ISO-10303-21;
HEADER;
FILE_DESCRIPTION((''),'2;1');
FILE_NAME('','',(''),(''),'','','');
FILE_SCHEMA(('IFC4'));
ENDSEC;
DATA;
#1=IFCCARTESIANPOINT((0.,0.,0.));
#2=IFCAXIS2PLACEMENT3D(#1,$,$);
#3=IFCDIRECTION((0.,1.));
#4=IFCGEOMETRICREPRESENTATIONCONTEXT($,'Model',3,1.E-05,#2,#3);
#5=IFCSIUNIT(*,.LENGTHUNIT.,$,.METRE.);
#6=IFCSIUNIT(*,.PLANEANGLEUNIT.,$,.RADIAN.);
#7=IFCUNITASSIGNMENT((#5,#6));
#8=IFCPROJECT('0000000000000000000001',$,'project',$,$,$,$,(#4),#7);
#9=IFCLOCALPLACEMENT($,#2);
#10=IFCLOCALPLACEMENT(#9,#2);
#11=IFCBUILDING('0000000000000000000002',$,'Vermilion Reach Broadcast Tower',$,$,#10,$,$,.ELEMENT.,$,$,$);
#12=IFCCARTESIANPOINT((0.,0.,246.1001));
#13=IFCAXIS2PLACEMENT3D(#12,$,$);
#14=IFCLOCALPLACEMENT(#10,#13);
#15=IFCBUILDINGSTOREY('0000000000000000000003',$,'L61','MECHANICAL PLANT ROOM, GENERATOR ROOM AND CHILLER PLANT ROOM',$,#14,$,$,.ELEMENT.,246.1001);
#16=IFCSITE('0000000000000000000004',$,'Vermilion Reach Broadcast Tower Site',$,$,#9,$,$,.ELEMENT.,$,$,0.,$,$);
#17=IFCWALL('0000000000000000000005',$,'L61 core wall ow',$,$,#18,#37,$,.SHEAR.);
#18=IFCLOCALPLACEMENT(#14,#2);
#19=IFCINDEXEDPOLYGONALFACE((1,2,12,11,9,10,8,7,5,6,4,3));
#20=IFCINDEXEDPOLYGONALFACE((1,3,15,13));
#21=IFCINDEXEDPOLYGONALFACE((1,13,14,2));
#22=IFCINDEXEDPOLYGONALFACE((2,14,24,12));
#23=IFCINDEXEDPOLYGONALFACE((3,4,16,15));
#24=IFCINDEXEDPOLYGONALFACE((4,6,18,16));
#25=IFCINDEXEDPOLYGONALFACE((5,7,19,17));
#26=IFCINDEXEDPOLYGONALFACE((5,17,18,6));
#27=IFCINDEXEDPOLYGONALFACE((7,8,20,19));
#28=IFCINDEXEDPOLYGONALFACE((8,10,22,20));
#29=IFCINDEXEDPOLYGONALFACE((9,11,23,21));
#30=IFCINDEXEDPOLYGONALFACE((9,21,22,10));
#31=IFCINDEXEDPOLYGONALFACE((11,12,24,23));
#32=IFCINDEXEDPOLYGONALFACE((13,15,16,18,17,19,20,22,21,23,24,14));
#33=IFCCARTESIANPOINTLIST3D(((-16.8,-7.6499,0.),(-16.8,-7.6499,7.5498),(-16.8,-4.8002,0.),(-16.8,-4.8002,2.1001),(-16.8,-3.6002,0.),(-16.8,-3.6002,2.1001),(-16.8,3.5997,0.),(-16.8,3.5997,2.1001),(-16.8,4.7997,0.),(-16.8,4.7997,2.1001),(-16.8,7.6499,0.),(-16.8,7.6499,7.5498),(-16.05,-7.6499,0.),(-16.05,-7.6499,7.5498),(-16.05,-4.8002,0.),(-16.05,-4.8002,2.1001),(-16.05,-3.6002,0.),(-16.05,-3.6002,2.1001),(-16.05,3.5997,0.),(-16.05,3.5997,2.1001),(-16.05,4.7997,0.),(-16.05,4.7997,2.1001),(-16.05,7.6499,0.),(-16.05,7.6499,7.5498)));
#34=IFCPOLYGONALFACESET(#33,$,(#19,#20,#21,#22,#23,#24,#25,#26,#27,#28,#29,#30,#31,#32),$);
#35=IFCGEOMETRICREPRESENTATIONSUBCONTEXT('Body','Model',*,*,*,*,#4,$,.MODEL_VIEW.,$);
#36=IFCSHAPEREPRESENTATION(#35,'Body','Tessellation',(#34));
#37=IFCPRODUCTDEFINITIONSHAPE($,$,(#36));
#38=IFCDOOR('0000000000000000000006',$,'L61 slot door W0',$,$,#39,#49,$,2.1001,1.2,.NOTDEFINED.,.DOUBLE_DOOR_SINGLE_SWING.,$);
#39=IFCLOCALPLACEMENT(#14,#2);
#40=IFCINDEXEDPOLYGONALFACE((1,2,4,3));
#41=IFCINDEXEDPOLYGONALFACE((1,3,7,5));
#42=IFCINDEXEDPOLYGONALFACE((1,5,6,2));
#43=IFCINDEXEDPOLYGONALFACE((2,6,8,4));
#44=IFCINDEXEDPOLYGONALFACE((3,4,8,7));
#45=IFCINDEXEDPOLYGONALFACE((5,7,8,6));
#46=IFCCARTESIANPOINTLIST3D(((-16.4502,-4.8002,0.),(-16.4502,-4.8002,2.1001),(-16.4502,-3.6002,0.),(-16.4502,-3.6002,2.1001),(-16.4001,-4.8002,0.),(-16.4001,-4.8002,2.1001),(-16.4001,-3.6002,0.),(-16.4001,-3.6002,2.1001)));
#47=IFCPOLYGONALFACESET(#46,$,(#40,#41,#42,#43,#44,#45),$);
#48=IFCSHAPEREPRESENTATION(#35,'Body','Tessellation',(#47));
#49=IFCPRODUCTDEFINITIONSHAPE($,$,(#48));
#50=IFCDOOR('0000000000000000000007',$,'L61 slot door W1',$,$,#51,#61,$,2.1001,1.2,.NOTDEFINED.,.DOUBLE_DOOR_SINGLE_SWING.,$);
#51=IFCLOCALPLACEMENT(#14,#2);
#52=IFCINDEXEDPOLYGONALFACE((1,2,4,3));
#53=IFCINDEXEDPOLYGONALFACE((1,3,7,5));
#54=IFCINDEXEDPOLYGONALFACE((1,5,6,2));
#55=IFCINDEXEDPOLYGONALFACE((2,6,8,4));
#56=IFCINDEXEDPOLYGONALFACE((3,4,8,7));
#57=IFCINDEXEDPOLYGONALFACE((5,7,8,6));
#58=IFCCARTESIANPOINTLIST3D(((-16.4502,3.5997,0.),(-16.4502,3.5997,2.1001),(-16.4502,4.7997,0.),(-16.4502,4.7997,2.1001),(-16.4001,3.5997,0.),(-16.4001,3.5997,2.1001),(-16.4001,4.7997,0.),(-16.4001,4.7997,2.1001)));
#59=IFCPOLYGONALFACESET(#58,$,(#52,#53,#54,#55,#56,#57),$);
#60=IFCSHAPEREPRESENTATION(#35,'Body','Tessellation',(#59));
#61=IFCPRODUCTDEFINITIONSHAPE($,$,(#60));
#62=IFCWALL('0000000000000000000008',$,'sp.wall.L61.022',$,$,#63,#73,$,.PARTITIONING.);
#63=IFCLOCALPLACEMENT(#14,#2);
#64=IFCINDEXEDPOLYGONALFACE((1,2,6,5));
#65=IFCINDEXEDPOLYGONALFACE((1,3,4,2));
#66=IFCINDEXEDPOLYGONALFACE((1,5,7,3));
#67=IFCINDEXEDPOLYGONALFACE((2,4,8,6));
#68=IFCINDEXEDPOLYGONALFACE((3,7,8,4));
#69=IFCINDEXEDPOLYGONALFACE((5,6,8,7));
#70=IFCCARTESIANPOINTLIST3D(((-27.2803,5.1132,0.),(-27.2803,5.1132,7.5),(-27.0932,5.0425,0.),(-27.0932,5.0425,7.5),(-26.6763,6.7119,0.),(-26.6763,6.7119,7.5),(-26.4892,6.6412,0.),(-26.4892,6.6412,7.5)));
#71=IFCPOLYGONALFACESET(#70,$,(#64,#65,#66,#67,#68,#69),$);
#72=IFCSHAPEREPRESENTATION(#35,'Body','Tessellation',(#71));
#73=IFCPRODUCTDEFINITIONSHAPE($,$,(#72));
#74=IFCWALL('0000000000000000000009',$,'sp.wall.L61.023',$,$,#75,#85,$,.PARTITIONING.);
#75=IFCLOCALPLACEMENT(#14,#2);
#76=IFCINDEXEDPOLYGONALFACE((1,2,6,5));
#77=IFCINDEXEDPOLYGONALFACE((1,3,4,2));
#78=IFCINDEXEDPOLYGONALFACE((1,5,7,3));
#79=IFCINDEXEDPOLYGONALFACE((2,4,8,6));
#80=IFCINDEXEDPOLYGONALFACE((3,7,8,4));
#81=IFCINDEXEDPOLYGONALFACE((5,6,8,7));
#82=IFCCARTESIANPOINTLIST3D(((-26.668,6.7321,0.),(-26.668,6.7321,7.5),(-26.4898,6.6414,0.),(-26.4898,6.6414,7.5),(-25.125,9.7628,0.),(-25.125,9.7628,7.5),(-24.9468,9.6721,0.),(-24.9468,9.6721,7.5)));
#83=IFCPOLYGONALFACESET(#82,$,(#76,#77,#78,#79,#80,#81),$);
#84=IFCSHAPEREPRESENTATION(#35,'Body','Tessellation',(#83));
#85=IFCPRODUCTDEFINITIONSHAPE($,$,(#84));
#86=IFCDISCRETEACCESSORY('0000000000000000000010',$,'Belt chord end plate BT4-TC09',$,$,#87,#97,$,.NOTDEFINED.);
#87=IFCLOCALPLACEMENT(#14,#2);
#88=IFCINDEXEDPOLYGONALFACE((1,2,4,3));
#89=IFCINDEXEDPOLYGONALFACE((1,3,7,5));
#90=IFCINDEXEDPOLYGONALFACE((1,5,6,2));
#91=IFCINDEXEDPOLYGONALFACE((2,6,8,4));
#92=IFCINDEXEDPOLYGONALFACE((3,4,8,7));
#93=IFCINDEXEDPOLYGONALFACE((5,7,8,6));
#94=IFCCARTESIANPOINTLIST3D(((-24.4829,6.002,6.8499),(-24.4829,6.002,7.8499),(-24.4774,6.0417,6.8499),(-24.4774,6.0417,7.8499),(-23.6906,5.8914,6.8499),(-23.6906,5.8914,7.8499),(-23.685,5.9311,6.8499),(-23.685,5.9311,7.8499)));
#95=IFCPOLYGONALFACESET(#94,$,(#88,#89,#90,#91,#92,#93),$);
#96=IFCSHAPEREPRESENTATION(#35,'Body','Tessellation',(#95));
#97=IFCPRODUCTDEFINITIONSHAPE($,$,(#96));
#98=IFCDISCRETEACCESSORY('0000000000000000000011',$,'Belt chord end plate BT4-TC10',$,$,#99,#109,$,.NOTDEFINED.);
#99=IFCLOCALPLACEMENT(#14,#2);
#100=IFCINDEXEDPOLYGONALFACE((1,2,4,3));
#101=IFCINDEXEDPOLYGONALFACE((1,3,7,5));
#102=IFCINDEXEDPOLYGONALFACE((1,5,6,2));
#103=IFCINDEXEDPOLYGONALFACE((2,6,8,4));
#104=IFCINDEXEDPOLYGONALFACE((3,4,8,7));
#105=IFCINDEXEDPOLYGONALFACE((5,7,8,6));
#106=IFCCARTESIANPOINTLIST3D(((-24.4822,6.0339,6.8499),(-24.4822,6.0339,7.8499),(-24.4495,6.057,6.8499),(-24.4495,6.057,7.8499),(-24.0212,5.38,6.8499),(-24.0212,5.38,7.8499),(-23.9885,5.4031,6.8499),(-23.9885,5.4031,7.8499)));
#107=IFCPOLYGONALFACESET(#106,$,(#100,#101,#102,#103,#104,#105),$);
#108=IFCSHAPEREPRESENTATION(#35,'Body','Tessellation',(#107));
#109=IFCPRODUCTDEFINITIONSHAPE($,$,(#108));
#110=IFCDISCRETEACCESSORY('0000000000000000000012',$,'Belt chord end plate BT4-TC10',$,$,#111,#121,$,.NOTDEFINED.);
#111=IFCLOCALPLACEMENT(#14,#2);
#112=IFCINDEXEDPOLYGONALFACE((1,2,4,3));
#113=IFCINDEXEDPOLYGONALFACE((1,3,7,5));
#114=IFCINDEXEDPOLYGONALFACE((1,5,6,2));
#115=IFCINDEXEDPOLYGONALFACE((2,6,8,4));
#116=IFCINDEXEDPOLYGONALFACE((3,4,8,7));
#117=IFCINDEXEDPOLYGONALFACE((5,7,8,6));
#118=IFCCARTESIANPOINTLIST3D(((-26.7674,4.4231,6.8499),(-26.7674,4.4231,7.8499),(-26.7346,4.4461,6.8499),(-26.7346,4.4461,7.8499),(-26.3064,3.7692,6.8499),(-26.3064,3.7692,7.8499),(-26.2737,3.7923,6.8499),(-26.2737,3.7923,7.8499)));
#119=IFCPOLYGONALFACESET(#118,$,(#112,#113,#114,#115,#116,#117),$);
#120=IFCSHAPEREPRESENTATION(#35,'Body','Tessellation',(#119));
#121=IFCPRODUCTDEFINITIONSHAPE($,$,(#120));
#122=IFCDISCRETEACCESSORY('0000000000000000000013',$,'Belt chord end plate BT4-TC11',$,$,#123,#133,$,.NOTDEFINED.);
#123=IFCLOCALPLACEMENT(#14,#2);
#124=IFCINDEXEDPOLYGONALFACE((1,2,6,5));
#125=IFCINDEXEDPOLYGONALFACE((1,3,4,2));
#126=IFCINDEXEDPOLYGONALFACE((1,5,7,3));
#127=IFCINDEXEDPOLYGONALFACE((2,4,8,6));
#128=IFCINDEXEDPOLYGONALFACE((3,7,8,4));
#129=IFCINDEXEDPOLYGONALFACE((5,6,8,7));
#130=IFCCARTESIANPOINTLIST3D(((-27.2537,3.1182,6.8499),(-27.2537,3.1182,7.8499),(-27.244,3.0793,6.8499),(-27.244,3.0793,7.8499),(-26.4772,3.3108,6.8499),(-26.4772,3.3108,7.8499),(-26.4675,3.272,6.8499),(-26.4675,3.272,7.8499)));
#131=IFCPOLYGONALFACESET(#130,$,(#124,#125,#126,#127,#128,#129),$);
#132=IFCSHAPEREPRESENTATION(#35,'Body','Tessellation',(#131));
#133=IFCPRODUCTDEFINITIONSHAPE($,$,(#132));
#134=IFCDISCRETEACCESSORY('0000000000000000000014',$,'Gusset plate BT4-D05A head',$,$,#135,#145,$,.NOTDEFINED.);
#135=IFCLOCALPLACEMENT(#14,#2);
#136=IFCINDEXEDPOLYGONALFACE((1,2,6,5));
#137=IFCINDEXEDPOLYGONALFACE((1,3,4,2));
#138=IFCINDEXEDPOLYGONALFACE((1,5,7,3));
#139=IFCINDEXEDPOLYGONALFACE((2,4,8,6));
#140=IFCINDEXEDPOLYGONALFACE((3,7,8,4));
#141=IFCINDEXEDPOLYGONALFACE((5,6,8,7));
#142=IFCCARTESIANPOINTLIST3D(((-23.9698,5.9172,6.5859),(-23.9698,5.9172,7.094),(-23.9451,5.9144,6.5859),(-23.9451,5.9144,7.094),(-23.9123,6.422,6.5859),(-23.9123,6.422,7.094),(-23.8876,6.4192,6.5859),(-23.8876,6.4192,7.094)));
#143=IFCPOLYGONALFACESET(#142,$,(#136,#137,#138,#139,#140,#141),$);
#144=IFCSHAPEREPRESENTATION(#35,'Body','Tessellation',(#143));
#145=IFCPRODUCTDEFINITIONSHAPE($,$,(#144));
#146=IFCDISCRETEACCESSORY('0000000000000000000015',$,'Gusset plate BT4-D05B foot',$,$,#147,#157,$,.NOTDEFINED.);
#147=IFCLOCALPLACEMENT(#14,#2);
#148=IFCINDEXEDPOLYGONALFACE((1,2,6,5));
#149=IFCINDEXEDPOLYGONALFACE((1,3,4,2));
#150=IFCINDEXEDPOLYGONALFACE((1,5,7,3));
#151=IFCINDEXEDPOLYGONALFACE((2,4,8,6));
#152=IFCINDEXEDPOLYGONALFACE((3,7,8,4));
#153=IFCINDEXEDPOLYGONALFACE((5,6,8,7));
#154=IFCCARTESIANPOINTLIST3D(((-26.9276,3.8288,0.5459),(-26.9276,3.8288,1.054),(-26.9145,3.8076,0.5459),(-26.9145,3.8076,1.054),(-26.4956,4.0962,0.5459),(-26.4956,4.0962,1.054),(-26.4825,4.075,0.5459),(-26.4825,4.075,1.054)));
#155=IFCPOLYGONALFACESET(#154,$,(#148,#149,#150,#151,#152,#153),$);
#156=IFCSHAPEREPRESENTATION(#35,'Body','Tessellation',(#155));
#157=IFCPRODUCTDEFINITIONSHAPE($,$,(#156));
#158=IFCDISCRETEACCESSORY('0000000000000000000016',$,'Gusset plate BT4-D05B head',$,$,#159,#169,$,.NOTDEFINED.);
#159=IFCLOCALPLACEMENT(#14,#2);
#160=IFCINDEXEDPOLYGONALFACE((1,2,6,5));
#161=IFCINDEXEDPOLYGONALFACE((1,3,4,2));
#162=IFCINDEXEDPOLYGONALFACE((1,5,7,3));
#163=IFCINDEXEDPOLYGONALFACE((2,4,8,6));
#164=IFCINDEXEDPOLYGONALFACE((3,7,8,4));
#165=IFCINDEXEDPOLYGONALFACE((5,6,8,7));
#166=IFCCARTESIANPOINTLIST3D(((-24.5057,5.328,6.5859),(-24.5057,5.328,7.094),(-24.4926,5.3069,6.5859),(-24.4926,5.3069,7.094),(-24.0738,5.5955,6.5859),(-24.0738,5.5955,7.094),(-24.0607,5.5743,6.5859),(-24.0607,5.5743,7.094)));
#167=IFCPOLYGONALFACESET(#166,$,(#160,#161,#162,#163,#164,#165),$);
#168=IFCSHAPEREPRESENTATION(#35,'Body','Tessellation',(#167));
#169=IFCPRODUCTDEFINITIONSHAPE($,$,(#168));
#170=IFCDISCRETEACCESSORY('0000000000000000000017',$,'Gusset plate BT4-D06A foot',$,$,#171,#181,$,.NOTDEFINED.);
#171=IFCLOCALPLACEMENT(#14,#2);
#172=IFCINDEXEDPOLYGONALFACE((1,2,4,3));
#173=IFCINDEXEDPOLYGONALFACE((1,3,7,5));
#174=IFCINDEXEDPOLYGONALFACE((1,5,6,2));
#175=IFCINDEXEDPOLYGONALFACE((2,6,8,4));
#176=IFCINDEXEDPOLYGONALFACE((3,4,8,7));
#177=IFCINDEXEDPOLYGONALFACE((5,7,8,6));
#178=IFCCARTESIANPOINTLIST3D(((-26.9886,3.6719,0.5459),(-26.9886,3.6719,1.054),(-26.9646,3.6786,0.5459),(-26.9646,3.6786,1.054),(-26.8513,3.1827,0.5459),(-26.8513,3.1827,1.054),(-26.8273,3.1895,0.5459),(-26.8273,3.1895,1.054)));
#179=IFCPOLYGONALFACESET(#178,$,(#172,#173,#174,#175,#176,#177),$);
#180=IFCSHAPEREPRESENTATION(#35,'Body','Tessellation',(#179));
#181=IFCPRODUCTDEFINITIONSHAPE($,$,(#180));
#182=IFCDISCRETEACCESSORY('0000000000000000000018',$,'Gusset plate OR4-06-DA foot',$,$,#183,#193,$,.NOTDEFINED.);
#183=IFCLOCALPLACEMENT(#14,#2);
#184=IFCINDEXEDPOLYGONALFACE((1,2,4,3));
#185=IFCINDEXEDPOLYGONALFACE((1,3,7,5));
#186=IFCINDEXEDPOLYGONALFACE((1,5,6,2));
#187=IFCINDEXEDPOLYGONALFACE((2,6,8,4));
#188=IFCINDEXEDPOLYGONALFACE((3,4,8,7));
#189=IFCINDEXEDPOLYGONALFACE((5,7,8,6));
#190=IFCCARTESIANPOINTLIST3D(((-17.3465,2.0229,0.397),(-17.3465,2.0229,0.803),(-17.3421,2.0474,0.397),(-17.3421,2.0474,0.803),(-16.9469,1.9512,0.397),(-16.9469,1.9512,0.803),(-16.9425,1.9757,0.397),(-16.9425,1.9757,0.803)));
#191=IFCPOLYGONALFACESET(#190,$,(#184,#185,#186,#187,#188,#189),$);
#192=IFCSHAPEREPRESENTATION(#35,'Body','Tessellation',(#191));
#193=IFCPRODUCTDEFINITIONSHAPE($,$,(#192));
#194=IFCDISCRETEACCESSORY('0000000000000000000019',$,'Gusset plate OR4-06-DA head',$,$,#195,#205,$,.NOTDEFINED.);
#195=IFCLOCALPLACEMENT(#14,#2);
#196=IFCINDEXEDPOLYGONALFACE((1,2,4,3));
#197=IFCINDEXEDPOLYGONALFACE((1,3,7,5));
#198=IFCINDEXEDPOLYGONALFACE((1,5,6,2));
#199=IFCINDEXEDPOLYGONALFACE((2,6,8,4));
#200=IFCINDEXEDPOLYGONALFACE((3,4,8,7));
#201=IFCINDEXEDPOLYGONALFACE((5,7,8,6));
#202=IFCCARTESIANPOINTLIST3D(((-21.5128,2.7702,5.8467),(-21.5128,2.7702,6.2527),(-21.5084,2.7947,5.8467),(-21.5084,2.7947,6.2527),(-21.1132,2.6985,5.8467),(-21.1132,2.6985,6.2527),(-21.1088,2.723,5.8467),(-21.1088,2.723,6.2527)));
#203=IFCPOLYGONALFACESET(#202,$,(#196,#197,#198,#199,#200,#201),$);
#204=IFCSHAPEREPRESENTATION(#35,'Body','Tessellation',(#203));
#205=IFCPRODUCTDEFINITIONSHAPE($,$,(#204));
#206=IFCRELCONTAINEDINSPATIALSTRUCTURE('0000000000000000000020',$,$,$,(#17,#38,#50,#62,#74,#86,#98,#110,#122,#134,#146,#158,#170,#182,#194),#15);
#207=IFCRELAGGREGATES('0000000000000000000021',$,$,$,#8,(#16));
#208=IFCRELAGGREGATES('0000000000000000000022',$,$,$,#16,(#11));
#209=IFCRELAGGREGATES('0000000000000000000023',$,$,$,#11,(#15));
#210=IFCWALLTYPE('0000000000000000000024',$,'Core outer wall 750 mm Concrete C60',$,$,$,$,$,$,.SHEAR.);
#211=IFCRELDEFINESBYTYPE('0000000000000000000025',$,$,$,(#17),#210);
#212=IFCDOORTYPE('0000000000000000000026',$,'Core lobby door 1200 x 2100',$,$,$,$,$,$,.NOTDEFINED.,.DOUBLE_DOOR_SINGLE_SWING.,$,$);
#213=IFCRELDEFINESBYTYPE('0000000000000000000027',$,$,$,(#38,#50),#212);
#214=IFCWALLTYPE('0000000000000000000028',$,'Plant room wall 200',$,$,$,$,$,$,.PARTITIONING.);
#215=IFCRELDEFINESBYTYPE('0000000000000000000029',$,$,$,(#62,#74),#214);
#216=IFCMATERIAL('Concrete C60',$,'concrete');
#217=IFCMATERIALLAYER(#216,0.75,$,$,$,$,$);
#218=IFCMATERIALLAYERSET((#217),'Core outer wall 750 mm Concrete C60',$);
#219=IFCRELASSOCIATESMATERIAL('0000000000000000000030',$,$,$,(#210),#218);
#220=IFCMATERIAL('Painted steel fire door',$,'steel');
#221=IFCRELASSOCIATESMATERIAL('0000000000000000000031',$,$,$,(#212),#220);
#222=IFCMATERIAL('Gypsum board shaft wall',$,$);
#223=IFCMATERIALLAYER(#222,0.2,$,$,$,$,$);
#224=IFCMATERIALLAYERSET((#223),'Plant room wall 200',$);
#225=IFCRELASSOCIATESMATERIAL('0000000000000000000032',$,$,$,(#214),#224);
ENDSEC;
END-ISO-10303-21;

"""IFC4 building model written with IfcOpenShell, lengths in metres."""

from ifc_helpers import new_model, si_unit, direction, frame, frame_2d, origin, origin_2d, place, context, subcontext, project, spatial, rectangle, extrude, material, layer, layer_set, type_object, element, fill, save


model = new_model("IFC4")

# Units and contexts
model_context = context("Model", 3, precision=1e-05, world=origin(), true_north=direction((0.0, 1.0)))
body_context = subcontext(model_context, "Body", "Model", "MODEL_VIEW")
ifc_project = project(units=[si_unit("LENGTHUNIT", "METRE"), si_unit("PLANEANGLEUNIT", "RADIAN")], contexts=[model_context])

# Site, building, storey
site_placement = place(None, origin())
site = spatial("IfcSite", under=ifc_project, at=site_placement, Name="Vermilion Reach Broadcast Tower Site", CompositionType="ELEMENT", RefElevation=0.0)
building_placement = place(site_placement, origin())
building = spatial("IfcBuilding", under=site, at=building_placement, Name="Vermilion Reach Broadcast Tower", CompositionType="ELEMENT")
storey_placement = place(building_placement, frame((0.0, 0.0, 246.1001)))
storey = spatial("IfcBuildingStorey", under=building, at=storey_placement, Name="L61", Description="MECHANICAL PLANT ROOM, GENERATOR ROOM AND CHILLER PLANT ROOM", CompositionType="ELEMENT", Elevation=246.1001)

# Wall, openings, doors
ifc_material_1 = material(Name="Concrete C60", Category="concrete")
ifc_layer_1 = layer(ifc_material_1, 0.75)
ifc_layer_set_1 = layer_set([ifc_layer_1], Name="Core outer wall 750 mm Concrete C60")
wall_type_1 = type_object("IfcWallType", Name="Core outer wall 750 mm Concrete C60", PredefinedType="SHEAR", material=ifc_layer_set_1)
wall_1_placement = place(storey_placement, frame((-16.425, 7.6499, 0.0), z_axis=(0.0, 0.0, 1.0), x_axis=(0.0, -1.0, 0.0)))
wall_1 = element("IfcWall", 1, at=wall_1_placement, inside=storey, type_object=wall_type_1, Name="L61 core wall ow", PredefinedType="SHEAR", context=body_context, shape_type="SweptSolid", body=[
    extrude(rectangle(XDim=15.2998, YDim=0.75, at=frame_2d((7.6499, 0.0))), origin(), (0.0, 0.0, 1.0), 7.5498),
])
opening_1_placement = place(wall_1_placement, frame((11.25, 0.0, 0.0)))
opening_1 = element("IfcOpeningElement", 2, at=opening_1_placement, cuts=wall_1, PredefinedType="OPENING", context=body_context, shape_type="SweptSolid", body=[
    extrude(rectangle(XDim=1.2, YDim=2.1001, at=frame_2d((0.6001, 1.05))), frame((0.0, 0.385, 0.0), z_axis=(0.0, -1.0, 0.0), x_axis=(1.0, 0.0, 0.0)), (0.0, 0.0, 1.0), 0.77),
])
opening_2_placement = place(wall_1_placement, frame((2.8501, 0.0, 0.0)))
opening_2 = element("IfcOpeningElement", 3, at=opening_2_placement, cuts=wall_1, PredefinedType="OPENING", context=body_context, shape_type="SweptSolid", body=[
    extrude(rectangle(XDim=1.2, YDim=2.1001, at=frame_2d((0.6001, 1.05))), frame((0.0, 0.385, 0.0), z_axis=(0.0, -1.0, 0.0), x_axis=(1.0, 0.0, 0.0)), (0.0, 0.0, 1.0), 0.77),
])
ifc_material_2 = material(Name="Painted steel fire door", Category="steel")
door_type = type_object("IfcDoorType", Name="Core lobby door 1200 x 2100", OperationType="DOUBLE_DOOR_SINGLE_SWING", PredefinedType="NOTDEFINED", material=ifc_material_2)
door_1_placement = place(opening_1_placement, origin())
door_1 = element("IfcDoor", 4, at=door_1_placement, inside=storey, type_object=door_type, Name="L61 slot door W0", OperationType="DOUBLE_DOOR_SINGLE_SWING", OverallHeight=2.1001, OverallWidth=1.2, PredefinedType="NOTDEFINED", context=body_context, shape_type="SweptSolid", body=[
    extrude(rectangle(XDim=1.2, YDim=2.1001, at=frame_2d((0.6001, 1.05))), frame((0.0, 0.0249, 0.0), z_axis=(0.0, -1.0, 0.0), x_axis=(1.0, 0.0, 0.0)), (0.0, 0.0, 1.0), 0.05),
])
fill(opening_1, door_1)
door_2_placement = place(opening_2_placement, origin())
door_2 = element("IfcDoor", 5, at=door_2_placement, inside=storey, type_object=door_type, Name="L61 slot door W1", OperationType="DOUBLE_DOOR_SINGLE_SWING", OverallHeight=2.1001, OverallWidth=1.2, PredefinedType="NOTDEFINED", context=body_context, shape_type="SweptSolid", body=[
    extrude(rectangle(XDim=1.2, YDim=2.1001, at=frame_2d((0.6001, 1.05))), frame((0.0, 0.0249, 0.0), z_axis=(0.0, -1.0, 0.0), x_axis=(1.0, 0.0, 0.0)), (0.0, 0.0, 1.0), 0.05),
])
fill(opening_2, door_2)

# Walls
ifc_material_3 = material(Name="Gypsum board shaft wall")
ifc_layer_2 = layer(ifc_material_3, 0.2)
ifc_layer_set_2 = layer_set([ifc_layer_2], Name="Plant room wall 200")
wall_type_2 = type_object("IfcWallType", Name="Plant room wall 200", PredefinedType="PARTITIONING", material=ifc_layer_set_2)
wall_2_placement = place(storey_placement, frame((-27.1868, 5.0779, 0.0), z_axis=(0.0, 0.0, 1.0), x_axis=(0.353439, 0.935457, 0.0)))
element("IfcWall", 6, at=wall_2_placement, inside=storey, type_object=wall_type_2, Name="sp.wall.L61.022", PredefinedType="PARTITIONING", context=body_context, shape_type="SweptSolid", body=[
    extrude(rectangle(XDim=1.709, YDim=0.2, at=frame_2d((0.8545, 0.0))), origin(), (0.0, 0.0, 1.0), 7.5),
])
wall_3_placement = place(storey_placement, frame((-26.5789, 6.6868, 0.0), z_axis=(0.0, 0.0, 1.0), x_axis=(0.453691, 0.891159, 0.0)))
element("IfcWall", 7, at=wall_3_placement, inside=storey, type_object=wall_type_2, Name="sp.wall.L61.023", PredefinedType="PARTITIONING", context=body_context, shape_type="SweptSolid", body=[
    extrude(rectangle(XDim=3.4009, YDim=0.2, at=frame_2d((1.7004, 0.0))), origin(), (0.0, 0.0, 1.0), 7.5),
])

# Discrete accessories
for number, where, z_axis, x_axis, name in (
    (8, (-24.084, 5.9666, 6.8499), (0.0, 0.0, 1.0), (-0.138227, -0.990401, 0.0), "Belt chord end plate BT4-TC09"),
    (9, (-24.2354, 5.7185, 6.8499), (0.0, 0.0, 1.0), (0.817315, 0.576191, 0.0), "Belt chord end plate BT4-TC10"),
    (10, (-26.5205, 4.1077, 6.8499), (0.0, 0.0, 1.0), (-0.817315, -0.576191, 0.0), "Belt chord end plate BT4-TC10"),
    (11, (-26.8606, 3.1951, 6.8499), (0.0, 0.0, 1.0), (-0.24084, 0.970565, 0.0), "Belt chord end plate BT4-TC11"),
):
    element("IfcDiscreteAccessory", number, at=place(storey_placement, frame(where, z_axis=z_axis, x_axis=x_axis)), inside=storey, Name=name, PredefinedType="NOTDEFINED", context=body_context, shape_type="SweptSolid", body=[
        extrude(rectangle(XDim=0.04, YDim=0.8, at=origin_2d()), origin(), (0.0, 0.0, 1.0), 1.0),
    ])
for number, where, z_axis, x_axis, name in (
    (12, (-23.9287, 6.1682, 6.5859), (0.0, 0.0, 1.0), (0.993569, -0.113229, 0.0), "Gusset plate BT4-D05A head"),
    (13, (-26.7051, 3.9519, 0.5459), (0.0, 0.0, 1.0), (-0.526354, 0.850265, 0.0), "Gusset plate BT4-D05B foot"),
    (14, (-24.2832, 5.4512, 6.5859), (0.0, 0.0, 1.0), (-0.526354, 0.850265, 0.0), "Gusset plate BT4-D05B head"),
    (15, (-26.908, 3.4307, 0.5459), (0.0, 0.0, 1.0), (0.962784, 0.270273, 0.0), "Gusset plate BT4-D06A foot"),
):
    element("IfcDiscreteAccessory", number, at=place(storey_placement, frame(where, z_axis=z_axis, x_axis=x_axis)), inside=storey, Name=name, PredefinedType="NOTDEFINED", context=body_context, shape_type="SweptSolid", body=[
        extrude(rectangle(XDim=0.0249, YDim=0.5081, at=origin_2d()), origin(), (0.0, 0.0, 1.0), 0.5081),
    ])
for number, where, z_axis, x_axis, name in (
    (16, (-17.1445, 1.9993, 0.397), (0.0, 0.0, 1.0), (-0.176569, -0.984288, 0.0), "Gusset plate OR4-06-DA foot"),
    (17, (-21.3108, 2.7466, 5.8467), (0.0, 0.0, 1.0), (-0.176569, -0.984288, 0.0), "Gusset plate OR4-06-DA head"),
):
    element("IfcDiscreteAccessory", number, at=place(storey_placement, frame(where, z_axis=z_axis, x_axis=x_axis)), inside=storey, Name=name, PredefinedType="NOTDEFINED", context=body_context, shape_type="SweptSolid", body=[
        extrude(rectangle(XDim=0.0249, YDim=0.406, at=origin_2d()), origin(), (0.0, 0.0, 1.0), 0.406),
    ])

save(model, "model.ifc")
